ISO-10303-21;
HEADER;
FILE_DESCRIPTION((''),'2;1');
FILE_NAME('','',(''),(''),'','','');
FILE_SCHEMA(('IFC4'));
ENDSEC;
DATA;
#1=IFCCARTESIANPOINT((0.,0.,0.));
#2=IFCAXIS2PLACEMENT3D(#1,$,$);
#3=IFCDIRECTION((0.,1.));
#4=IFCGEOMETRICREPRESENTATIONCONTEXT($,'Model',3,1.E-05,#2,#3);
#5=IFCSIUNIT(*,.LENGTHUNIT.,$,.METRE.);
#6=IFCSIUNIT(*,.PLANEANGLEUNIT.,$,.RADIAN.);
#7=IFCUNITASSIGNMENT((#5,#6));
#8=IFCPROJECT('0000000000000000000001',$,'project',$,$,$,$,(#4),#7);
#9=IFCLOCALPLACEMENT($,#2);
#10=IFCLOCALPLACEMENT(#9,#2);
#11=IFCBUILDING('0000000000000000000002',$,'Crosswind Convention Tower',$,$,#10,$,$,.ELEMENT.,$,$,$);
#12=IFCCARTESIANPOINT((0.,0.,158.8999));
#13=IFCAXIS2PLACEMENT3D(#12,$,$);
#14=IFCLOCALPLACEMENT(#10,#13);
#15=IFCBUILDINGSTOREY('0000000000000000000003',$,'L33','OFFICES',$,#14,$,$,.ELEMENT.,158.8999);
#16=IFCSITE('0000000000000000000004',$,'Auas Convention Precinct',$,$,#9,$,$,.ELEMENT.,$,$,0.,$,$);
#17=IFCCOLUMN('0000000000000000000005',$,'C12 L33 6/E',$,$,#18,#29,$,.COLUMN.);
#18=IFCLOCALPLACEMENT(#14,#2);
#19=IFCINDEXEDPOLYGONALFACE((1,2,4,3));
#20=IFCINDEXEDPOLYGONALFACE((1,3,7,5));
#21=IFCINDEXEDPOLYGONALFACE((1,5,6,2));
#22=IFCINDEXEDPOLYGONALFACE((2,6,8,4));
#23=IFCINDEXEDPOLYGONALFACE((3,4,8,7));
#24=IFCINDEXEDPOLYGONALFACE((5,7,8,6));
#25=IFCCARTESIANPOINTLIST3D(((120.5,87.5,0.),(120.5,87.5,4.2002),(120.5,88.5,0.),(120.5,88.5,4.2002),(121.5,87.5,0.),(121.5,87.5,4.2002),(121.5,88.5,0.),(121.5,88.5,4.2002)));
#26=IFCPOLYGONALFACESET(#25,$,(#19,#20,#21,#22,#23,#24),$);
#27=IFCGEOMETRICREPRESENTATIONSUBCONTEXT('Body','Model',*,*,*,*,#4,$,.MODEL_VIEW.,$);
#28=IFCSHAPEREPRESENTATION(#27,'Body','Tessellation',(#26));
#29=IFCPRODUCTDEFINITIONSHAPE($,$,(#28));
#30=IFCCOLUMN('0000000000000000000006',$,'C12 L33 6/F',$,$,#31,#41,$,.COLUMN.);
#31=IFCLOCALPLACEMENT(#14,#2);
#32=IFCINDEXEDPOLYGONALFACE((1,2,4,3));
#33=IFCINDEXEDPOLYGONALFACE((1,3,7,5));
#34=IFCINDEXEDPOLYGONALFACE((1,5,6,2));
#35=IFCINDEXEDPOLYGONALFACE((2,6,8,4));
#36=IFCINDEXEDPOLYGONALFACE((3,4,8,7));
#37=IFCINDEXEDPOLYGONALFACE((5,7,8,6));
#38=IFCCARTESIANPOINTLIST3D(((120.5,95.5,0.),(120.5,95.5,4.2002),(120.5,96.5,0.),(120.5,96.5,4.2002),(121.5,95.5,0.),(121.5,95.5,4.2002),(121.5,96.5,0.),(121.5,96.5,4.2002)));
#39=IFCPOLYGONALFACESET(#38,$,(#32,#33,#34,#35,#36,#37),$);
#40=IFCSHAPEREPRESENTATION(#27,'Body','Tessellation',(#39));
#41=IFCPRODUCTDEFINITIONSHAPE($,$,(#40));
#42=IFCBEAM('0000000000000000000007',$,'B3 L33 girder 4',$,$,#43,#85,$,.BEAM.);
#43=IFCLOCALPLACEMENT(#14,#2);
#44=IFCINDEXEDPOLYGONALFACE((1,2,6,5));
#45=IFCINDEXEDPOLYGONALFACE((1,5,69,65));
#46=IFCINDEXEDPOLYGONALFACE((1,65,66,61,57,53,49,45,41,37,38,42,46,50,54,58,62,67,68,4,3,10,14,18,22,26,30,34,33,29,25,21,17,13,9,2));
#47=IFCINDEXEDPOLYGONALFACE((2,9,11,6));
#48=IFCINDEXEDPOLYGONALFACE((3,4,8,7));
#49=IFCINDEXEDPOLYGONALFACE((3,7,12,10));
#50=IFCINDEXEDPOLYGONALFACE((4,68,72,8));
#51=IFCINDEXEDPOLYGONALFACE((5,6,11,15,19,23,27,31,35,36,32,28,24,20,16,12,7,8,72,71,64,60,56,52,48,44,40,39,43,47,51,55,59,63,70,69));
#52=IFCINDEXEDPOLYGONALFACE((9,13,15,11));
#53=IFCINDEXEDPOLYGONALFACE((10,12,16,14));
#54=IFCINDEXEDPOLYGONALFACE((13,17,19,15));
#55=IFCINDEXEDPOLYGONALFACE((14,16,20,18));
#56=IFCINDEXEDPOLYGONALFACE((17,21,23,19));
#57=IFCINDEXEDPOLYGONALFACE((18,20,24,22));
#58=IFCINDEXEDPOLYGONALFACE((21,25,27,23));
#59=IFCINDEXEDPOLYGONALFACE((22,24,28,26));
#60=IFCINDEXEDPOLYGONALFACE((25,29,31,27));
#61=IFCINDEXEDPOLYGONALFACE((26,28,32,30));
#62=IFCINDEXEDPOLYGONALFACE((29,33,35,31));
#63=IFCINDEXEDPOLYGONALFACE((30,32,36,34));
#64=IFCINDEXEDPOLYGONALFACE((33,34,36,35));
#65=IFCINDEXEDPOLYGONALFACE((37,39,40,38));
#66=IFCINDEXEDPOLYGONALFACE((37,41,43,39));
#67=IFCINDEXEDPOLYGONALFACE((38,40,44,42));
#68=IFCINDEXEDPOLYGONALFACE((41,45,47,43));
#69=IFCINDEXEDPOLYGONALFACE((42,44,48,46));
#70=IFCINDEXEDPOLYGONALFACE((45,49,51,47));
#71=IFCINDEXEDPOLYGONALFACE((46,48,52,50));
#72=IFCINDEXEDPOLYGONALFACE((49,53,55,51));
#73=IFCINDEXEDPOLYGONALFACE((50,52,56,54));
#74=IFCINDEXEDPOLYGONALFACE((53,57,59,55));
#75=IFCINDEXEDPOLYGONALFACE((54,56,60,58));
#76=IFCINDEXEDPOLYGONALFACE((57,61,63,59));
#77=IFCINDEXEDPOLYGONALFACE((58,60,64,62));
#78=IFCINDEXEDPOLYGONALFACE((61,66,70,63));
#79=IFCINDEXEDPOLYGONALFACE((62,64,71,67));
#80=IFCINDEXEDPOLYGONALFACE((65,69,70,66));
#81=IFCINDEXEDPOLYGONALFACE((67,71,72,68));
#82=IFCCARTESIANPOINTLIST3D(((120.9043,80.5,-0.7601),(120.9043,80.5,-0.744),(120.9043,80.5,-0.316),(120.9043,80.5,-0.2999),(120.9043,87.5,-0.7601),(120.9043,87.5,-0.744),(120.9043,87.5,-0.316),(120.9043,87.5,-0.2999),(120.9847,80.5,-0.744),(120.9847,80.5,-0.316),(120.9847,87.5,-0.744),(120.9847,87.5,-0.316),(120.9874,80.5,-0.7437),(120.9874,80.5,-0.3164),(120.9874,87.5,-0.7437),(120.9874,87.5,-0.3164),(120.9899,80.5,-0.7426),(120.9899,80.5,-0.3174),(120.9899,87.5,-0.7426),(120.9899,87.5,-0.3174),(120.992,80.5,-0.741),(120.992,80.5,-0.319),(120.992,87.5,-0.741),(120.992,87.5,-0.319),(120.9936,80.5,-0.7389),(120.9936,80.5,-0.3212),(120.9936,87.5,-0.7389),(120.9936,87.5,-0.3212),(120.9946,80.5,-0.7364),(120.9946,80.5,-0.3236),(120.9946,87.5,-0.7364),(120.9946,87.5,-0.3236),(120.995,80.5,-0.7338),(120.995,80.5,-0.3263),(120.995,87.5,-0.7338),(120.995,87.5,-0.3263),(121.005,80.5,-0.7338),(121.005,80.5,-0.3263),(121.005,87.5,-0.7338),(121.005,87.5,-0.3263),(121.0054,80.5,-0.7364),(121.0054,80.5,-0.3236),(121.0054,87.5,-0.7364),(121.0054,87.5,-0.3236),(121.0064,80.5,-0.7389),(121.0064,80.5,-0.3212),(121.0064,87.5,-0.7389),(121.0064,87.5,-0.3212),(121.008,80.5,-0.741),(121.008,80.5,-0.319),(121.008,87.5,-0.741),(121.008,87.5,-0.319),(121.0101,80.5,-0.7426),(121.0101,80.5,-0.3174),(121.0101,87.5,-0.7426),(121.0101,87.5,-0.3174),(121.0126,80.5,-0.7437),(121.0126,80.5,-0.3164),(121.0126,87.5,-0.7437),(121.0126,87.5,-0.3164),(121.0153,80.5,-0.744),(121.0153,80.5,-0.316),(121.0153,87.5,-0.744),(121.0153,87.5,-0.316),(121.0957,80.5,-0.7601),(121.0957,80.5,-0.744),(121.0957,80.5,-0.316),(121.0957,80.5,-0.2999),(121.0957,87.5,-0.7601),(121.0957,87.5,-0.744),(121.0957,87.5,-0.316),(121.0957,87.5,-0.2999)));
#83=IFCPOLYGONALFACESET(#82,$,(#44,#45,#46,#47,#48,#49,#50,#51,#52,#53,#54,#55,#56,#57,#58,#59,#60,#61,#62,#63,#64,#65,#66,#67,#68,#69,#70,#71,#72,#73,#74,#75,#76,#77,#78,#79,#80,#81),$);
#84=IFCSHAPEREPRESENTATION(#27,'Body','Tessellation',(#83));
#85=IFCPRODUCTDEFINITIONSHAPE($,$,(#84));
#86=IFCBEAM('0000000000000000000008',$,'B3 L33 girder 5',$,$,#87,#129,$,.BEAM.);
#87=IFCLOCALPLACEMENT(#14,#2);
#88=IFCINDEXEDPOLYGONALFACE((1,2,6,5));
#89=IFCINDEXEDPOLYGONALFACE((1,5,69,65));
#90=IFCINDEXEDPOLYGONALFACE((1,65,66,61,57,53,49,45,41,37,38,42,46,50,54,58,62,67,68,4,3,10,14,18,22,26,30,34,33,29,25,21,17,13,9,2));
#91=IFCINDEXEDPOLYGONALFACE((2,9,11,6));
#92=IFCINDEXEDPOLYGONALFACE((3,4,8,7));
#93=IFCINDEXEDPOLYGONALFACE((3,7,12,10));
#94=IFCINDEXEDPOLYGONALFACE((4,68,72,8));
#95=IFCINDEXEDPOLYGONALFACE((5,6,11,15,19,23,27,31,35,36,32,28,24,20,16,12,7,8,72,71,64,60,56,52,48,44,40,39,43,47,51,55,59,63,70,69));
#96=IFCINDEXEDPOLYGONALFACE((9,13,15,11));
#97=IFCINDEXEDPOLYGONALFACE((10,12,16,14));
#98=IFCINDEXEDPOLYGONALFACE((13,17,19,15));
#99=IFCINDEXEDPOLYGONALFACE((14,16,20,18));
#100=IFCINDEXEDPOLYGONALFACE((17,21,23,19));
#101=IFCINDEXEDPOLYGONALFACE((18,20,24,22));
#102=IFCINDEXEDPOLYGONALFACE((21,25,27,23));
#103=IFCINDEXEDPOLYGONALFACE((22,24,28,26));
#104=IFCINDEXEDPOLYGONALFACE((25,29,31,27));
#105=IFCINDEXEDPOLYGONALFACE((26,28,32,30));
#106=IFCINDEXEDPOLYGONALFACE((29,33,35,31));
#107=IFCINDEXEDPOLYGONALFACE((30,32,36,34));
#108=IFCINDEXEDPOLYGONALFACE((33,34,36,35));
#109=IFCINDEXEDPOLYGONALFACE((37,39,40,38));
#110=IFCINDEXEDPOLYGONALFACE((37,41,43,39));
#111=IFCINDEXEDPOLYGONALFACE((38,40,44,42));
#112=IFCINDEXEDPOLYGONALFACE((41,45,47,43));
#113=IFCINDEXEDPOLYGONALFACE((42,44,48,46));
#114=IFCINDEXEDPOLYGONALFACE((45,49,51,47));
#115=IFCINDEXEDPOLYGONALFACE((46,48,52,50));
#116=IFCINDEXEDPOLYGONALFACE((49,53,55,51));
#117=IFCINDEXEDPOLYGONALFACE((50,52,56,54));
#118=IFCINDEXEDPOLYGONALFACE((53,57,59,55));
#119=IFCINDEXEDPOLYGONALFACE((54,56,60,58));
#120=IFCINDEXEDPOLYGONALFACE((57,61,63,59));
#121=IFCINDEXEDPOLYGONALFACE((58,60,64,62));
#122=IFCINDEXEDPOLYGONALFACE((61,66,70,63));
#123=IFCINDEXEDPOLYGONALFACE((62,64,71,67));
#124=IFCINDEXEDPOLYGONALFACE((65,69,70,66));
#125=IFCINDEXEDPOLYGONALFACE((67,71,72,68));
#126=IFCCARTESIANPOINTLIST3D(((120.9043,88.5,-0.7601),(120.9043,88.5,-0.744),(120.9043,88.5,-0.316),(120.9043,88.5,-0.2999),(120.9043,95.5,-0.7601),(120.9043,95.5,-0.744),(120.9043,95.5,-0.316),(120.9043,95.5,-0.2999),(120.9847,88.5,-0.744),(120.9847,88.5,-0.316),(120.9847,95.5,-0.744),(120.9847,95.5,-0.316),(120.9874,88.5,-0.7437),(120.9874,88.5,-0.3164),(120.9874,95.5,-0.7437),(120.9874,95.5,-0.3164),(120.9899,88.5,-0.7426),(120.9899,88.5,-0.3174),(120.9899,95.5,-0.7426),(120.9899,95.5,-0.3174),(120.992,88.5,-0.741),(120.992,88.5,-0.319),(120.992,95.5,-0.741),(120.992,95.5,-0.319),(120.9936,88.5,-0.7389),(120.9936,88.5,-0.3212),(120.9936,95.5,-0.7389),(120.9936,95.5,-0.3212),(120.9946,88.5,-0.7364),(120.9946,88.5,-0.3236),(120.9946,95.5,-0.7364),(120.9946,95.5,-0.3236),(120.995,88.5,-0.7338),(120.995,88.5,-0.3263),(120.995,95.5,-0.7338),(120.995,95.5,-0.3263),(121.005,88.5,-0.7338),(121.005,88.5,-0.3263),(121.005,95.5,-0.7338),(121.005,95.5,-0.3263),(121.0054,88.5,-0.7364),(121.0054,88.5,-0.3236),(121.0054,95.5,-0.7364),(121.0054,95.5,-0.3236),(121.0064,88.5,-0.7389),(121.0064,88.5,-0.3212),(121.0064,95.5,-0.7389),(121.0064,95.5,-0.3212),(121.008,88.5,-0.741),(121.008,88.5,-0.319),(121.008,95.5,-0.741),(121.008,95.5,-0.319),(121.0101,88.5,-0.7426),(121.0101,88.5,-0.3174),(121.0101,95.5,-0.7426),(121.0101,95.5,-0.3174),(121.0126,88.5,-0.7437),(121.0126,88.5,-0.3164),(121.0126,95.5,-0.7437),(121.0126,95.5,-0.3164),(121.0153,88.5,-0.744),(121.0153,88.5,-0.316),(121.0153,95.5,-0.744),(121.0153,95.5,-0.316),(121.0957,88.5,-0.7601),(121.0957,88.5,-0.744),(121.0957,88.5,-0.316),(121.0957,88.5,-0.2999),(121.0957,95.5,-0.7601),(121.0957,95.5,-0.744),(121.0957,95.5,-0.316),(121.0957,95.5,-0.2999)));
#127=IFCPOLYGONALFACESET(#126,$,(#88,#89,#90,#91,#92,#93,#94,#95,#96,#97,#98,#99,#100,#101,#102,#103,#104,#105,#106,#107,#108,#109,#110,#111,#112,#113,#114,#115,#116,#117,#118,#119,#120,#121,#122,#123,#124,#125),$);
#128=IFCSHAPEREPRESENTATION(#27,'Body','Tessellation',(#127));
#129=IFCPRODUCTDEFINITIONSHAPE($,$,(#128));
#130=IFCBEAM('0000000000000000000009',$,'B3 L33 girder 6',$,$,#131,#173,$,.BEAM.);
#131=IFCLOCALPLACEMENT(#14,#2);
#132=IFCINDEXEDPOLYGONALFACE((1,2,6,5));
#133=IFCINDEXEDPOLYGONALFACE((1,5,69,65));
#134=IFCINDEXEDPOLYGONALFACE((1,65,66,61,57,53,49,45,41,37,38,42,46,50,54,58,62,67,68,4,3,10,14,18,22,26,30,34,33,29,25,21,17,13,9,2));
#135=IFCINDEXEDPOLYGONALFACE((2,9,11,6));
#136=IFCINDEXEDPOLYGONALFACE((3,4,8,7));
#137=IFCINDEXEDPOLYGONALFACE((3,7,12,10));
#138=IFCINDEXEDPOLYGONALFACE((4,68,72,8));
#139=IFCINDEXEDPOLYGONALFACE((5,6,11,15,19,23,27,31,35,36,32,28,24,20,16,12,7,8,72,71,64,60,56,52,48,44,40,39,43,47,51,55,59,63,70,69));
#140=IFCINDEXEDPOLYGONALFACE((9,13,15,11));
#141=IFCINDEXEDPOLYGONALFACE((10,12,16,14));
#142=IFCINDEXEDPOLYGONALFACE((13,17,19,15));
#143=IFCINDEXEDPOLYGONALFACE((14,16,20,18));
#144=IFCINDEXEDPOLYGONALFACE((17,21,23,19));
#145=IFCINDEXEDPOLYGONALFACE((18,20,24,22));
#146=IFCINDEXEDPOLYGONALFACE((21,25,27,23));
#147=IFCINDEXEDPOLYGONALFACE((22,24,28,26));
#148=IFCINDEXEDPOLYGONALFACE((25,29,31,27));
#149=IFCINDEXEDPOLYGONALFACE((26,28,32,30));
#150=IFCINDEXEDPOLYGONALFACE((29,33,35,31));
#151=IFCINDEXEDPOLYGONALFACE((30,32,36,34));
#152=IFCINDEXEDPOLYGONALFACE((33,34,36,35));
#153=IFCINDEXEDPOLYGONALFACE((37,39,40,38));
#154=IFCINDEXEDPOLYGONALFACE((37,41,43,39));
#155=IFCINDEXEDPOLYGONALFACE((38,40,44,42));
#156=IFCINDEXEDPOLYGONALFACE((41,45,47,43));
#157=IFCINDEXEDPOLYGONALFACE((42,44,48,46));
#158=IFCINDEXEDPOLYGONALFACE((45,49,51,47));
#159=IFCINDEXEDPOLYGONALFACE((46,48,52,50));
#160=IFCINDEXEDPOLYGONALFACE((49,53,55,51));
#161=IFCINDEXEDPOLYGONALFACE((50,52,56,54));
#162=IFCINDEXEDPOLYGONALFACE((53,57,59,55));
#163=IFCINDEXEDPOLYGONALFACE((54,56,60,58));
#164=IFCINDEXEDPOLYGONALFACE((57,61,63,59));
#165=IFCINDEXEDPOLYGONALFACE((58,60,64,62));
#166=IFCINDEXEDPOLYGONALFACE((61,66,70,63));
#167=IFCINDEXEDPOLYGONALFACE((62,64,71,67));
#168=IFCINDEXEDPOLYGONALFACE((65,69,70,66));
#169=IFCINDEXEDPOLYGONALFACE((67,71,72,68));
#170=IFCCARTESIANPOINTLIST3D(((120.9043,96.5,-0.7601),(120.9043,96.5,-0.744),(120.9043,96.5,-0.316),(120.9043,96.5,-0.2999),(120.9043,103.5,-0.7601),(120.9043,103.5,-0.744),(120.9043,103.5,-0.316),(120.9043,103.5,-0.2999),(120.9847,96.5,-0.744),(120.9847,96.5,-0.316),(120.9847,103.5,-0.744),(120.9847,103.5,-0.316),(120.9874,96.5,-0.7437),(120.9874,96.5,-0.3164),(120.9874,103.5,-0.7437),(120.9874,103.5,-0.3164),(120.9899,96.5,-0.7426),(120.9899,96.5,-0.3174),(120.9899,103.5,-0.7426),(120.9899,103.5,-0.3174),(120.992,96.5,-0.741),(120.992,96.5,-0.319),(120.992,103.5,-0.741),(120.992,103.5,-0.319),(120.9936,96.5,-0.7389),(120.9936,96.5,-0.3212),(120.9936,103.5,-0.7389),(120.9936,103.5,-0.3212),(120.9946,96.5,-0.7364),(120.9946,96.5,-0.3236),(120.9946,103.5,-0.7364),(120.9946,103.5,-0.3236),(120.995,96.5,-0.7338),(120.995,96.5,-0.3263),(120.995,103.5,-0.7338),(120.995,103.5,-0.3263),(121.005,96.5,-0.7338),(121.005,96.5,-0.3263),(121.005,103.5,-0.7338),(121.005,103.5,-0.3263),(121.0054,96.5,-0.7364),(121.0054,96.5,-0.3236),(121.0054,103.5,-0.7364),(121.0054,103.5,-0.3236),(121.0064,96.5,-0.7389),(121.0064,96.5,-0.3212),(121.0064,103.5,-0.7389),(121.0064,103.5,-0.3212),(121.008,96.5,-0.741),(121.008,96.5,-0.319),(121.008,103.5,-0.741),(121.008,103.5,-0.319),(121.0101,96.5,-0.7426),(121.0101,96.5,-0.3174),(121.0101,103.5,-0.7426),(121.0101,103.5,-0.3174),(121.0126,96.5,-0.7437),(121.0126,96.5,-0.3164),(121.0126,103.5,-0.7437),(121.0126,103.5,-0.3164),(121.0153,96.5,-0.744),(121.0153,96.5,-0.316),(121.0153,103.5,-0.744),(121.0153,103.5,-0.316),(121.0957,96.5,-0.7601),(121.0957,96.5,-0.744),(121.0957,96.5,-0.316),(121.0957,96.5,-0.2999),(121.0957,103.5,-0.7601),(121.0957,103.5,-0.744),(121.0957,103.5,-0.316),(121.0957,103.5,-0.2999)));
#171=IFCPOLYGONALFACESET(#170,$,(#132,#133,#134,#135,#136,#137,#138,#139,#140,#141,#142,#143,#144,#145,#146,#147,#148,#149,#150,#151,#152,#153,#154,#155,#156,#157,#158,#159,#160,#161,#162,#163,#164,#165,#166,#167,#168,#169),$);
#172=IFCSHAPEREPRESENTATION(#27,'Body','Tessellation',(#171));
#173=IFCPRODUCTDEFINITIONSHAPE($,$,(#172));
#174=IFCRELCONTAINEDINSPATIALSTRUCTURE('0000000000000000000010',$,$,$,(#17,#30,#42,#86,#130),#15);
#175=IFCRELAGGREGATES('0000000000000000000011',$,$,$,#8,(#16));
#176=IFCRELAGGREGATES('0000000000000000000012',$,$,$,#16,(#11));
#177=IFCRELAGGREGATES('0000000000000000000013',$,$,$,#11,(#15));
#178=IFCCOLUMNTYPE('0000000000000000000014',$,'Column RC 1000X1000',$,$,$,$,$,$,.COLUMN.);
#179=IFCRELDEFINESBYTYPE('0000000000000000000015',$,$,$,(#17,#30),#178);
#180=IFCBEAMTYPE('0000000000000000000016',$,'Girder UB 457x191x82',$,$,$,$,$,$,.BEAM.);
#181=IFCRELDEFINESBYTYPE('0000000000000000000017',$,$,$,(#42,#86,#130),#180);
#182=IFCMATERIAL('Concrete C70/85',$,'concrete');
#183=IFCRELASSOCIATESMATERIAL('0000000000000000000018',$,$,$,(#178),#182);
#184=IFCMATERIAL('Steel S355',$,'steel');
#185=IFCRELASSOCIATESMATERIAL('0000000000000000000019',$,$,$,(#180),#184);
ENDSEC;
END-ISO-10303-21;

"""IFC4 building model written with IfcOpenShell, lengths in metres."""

from ifc_helpers import new_model, si_unit, direction, frame, origin, origin_2d, place, context, subcontext, project, spatial, rectangle, i_section, extrude, material, material_profile, profile_set, type_object, element, save


model = new_model("IFC4")

# Units and contexts
model_context = context("Model", 3, precision=1e-05, world=origin(), true_north=direction((0.0, 1.0)))
body_context = subcontext(model_context, "Body", "Model", "MODEL_VIEW")
ifc_project = project(units=[si_unit("LENGTHUNIT", "METRE"), si_unit("PLANEANGLEUNIT", "RADIAN")], contexts=[model_context])

# Site, building, storey
site_placement = place(None, origin())
site = spatial("IfcSite", under=ifc_project, at=site_placement, Name="Auas Convention Precinct", CompositionType="ELEMENT", RefElevation=0.0)
building_placement = place(site_placement, origin())
building = spatial("IfcBuilding", under=site, at=building_placement, Name="Crosswind Convention Tower", CompositionType="ELEMENT")
storey_placement = place(building_placement, frame((0.0, 0.0, 158.8999)))
storey = spatial("IfcBuildingStorey", under=building, at=storey_placement, Name="L33", Description="OFFICES", CompositionType="ELEMENT", Elevation=158.8999)

# Columns
ifc_material_1 = material(Name="Concrete C70/85", Category="concrete")
ifc_material_profile_1 = material_profile(ifc_material_1, rectangle(XDim=1.0, YDim=1.0, at=origin_2d()), Name="RC 1000X1000")
ifc_profile_set_1 = profile_set([ifc_material_profile_1], Name="Concrete C70/85")
column_type = type_object("IfcColumnType", Name="Column RC 1000X1000", PredefinedType="COLUMN", material=ifc_profile_set_1)
for number, where, z_axis, x_axis, name in (
    (1, (121.0, 88.0, 0.0), (0.0, 0.0, 1.0), (1.0, 0.0, 0.0), "C12 L33 6/E"),
    (2, (121.0, 96.0, 0.0), (0.0, 0.0, 1.0), (1.0, 0.0, 0.0), "C12 L33 6/F"),
):
    element("IfcColumn", number, at=place(storey_placement, frame(where, z_axis=z_axis, x_axis=x_axis)), inside=storey, type_object=column_type, Name=name, PredefinedType="COLUMN", context=body_context, shape_type="SweptSolid", body=[
        extrude(rectangle(XDim=1.0, YDim=1.0, at=origin_2d()), origin(), (0.0, 0.0, 1.0), 4.2002),
    ])

# Beams
ifc_material_2 = material(Name="Steel S355", Category="steel")
ifc_material_profile_2 = material_profile(ifc_material_2, i_section(OverallWidth=0.1914, OverallDepth=0.4602, WebThickness=0.01, FlangeThickness=0.0161, FilletRadius=0.0103, at=origin_2d()), Name="UB 457x191x82")
ifc_profile_set_2 = profile_set([ifc_material_profile_2], Name="Steel S355")
beam_type_1 = type_object("IfcBeamType", Name="Girder UB 457x191x82", PredefinedType="BEAM", material=ifc_profile_set_2)
for number, where, z_axis, x_axis, name in (
    (3, (121.0, 80.5, -0.53), (0.0, 1.0, 0.0), (-1.0, 0.0, 0.0), "B3 L33 girder 4"),
    (4, (121.0, 88.5, -0.53), (0.0, 1.0, 0.0), (-1.0, 0.0, 0.0), "B3 L33 girder 5"),
    (5, (121.0, 96.5, -0.53), (0.0, 1.0, 0.0), (-1.0, 0.0, 0.0), "B3 L33 girder 6"),
):
    element("IfcBeam", number, at=place(storey_placement, frame(where, z_axis=z_axis, x_axis=x_axis)), inside=storey, type_object=beam_type_1, Name=name, PredefinedType="BEAM", context=body_context, shape_type="SweptSolid", body=[
        extrude(i_section(OverallWidth=0.1914, OverallDepth=0.4602, WebThickness=0.01, FlangeThickness=0.0161, FilletRadius=0.0103, at=origin_2d()), origin(), (0.0, 0.0, 1.0), 7.0),
    ])

save(model, "model.ifc")
